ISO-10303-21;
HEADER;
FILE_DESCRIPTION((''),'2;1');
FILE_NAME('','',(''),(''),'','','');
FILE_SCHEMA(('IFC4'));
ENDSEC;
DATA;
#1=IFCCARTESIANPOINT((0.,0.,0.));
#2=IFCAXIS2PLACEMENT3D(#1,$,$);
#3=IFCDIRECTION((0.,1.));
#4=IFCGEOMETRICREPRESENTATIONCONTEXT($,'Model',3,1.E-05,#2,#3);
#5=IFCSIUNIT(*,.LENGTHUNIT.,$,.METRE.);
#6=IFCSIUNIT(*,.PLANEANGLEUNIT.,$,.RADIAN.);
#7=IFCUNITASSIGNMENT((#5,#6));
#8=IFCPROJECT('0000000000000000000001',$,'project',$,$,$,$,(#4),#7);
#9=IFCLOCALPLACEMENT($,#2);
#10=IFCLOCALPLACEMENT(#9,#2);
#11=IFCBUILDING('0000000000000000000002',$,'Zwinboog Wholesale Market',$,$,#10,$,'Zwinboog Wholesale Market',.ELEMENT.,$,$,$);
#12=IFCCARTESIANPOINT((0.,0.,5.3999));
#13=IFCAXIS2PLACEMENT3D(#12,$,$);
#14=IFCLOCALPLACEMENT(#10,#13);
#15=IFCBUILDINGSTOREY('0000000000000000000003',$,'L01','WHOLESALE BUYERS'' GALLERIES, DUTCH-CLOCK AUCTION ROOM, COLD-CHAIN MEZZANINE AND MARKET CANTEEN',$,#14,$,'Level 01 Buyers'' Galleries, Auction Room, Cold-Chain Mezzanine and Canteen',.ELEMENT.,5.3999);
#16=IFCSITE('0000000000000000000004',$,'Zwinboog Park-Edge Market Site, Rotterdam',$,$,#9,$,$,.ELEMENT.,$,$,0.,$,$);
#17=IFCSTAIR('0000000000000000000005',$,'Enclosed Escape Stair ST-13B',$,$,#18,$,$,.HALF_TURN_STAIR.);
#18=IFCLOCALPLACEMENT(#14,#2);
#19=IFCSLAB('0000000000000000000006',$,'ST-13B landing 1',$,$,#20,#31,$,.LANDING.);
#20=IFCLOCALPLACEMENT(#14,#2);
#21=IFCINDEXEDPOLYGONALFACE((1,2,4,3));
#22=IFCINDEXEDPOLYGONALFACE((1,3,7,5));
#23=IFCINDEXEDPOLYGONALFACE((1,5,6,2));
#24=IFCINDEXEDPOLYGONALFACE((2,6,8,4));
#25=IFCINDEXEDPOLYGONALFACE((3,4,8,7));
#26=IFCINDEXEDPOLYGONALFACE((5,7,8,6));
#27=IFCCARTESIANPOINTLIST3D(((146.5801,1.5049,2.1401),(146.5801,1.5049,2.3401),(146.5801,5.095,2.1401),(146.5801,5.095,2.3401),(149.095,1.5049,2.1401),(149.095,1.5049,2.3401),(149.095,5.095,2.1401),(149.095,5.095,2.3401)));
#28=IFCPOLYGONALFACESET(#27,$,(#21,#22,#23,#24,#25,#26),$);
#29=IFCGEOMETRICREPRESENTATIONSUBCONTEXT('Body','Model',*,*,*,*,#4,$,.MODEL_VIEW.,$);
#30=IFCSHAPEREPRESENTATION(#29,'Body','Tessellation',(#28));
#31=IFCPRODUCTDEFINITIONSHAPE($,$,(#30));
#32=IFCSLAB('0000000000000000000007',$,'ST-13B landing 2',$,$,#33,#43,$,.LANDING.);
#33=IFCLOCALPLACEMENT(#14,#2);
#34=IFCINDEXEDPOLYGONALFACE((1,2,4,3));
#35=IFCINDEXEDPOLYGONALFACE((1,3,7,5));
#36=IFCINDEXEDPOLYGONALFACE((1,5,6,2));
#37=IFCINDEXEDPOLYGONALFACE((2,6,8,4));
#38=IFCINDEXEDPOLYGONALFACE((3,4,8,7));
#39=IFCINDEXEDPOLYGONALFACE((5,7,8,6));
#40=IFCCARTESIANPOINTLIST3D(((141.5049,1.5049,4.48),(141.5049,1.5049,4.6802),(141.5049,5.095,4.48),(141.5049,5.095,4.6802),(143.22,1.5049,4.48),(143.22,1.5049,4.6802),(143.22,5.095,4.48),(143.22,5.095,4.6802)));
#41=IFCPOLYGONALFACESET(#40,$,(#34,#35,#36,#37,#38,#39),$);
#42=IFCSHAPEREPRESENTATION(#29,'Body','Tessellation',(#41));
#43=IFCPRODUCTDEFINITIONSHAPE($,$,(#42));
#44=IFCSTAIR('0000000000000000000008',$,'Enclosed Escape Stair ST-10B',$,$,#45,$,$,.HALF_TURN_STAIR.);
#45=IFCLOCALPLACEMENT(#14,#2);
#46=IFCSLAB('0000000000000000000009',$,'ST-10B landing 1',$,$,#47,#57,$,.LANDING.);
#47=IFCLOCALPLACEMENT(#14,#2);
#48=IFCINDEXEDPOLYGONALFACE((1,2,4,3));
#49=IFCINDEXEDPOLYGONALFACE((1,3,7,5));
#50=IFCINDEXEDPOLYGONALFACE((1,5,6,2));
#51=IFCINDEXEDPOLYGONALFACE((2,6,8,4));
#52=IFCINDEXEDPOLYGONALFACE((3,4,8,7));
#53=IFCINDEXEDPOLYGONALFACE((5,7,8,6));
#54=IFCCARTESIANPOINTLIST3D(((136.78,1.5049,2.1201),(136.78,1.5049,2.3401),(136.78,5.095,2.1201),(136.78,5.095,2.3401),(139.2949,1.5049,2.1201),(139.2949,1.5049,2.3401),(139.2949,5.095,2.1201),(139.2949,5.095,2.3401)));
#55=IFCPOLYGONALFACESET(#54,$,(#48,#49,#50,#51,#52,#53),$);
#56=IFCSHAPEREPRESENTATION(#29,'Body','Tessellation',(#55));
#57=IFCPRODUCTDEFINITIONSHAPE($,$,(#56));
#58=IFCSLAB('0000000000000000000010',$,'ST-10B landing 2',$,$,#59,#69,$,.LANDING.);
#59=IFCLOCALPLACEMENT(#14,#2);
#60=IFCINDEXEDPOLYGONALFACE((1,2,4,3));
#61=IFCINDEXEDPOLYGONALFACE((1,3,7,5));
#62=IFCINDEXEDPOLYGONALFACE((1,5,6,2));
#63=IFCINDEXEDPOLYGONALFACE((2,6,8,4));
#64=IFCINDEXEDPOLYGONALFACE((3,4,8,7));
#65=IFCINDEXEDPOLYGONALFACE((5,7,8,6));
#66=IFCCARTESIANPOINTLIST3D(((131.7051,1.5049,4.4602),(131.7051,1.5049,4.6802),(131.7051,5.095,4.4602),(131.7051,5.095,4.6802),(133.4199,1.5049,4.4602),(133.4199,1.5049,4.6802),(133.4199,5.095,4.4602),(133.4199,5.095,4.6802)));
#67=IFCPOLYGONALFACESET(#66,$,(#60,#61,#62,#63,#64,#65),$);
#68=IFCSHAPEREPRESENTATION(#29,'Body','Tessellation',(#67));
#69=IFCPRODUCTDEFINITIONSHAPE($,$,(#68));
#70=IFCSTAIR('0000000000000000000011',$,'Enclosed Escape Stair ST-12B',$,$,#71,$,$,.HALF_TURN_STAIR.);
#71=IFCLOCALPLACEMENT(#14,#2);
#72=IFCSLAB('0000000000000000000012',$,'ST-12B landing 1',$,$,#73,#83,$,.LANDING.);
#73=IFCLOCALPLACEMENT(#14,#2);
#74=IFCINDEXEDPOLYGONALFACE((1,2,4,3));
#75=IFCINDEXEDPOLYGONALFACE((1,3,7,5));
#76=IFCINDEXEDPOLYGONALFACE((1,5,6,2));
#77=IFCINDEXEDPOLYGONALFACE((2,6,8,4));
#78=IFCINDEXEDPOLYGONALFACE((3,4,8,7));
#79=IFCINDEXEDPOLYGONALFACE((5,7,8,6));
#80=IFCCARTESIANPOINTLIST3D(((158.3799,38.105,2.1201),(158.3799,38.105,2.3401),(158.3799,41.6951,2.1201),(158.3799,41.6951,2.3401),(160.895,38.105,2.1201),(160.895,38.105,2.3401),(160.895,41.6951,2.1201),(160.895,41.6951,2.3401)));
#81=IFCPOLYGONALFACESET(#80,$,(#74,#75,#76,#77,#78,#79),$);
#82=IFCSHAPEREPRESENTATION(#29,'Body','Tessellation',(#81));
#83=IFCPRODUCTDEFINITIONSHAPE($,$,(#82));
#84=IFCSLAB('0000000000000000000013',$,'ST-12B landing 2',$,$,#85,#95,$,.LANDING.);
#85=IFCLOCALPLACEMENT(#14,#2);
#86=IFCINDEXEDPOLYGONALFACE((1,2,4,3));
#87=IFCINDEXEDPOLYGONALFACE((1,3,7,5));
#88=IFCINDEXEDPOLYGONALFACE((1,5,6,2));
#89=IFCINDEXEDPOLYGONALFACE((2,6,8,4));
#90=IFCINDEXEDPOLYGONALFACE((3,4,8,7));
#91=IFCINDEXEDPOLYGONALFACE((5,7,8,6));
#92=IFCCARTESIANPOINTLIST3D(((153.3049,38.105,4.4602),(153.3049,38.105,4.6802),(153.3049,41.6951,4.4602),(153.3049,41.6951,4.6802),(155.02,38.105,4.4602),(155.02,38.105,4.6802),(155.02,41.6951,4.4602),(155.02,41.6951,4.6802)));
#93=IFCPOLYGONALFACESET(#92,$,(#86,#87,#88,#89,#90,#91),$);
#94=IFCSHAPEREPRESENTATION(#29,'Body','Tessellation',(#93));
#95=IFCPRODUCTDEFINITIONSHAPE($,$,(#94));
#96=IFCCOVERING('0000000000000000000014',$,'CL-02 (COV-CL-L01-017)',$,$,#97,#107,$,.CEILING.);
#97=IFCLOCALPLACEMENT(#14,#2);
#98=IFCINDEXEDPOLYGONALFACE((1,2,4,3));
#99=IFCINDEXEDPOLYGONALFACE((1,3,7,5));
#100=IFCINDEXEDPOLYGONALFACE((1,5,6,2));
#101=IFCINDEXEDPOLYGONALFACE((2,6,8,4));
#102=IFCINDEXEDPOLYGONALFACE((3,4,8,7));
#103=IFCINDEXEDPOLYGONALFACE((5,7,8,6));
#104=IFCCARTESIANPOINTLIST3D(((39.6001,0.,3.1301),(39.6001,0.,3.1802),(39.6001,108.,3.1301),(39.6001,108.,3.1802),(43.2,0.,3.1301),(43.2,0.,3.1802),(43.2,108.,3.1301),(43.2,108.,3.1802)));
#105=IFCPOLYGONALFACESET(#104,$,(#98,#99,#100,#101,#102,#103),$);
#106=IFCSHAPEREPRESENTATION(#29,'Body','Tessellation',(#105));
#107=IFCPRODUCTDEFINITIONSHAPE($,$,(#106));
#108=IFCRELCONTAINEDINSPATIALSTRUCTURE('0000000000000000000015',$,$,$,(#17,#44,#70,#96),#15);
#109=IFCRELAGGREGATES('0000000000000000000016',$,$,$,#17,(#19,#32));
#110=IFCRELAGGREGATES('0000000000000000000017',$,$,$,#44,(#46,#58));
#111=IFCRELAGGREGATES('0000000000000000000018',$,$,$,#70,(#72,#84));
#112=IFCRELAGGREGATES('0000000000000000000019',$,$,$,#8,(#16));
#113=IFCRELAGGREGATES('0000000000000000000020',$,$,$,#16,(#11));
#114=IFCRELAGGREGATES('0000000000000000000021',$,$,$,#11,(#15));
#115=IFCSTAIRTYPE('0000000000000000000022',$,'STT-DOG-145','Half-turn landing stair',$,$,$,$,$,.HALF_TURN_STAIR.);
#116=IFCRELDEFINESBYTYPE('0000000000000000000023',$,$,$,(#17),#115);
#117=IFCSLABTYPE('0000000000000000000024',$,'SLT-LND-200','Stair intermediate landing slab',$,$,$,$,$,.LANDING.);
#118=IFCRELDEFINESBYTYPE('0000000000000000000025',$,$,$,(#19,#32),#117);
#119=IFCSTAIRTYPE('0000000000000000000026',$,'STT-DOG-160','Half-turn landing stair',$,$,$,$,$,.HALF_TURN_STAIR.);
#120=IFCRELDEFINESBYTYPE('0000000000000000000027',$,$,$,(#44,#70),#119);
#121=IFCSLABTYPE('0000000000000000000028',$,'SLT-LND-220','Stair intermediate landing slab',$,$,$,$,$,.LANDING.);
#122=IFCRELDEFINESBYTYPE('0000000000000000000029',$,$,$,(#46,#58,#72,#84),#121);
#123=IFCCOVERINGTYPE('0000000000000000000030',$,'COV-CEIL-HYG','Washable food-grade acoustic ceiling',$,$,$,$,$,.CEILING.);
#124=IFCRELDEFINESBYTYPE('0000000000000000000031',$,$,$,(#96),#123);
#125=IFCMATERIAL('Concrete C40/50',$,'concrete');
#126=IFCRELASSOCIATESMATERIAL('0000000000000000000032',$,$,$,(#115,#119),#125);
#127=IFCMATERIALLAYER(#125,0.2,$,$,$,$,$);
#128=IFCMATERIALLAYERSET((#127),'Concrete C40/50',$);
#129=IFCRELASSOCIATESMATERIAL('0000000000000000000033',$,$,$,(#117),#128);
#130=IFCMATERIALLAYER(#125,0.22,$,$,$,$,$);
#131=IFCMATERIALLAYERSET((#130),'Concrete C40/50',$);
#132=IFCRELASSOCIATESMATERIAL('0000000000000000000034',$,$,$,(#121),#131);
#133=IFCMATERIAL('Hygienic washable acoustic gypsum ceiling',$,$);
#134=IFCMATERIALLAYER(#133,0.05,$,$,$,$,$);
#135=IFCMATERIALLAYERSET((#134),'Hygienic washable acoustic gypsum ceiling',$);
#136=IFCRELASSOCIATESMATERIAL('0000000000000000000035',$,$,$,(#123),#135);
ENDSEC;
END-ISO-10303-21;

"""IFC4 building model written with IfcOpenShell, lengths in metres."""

from ifc_helpers import new_model, si_unit, direction, frame, origin, place, context, subcontext, project, spatial, polyline, outline, extrude, material, layer, layer_set, type_object, element, aggregate, save


model = new_model("IFC4")

# Units and contexts
model_context = context("Model", 3, precision=1e-05, world=origin(), true_north=direction((0.0, 1.0)))
body_context = subcontext(model_context, "Body", "Model", "MODEL_VIEW")
ifc_project = project(units=[si_unit("LENGTHUNIT", "METRE"), si_unit("PLANEANGLEUNIT", "RADIAN")], contexts=[model_context])

# Site, building, storey
site_placement = place(None, origin())
site = spatial("IfcSite", under=ifc_project, at=site_placement, Name="Zwinboog Park-Edge Market Site, Rotterdam", CompositionType="ELEMENT", RefElevation=0.0)
building_placement = place(site_placement, origin())
building = spatial("IfcBuilding", under=site, at=building_placement, Name="Zwinboog Wholesale Market", LongName="Zwinboog Wholesale Market", CompositionType="ELEMENT")
storey_placement = place(building_placement, frame((0.0, 0.0, 5.3999)))
storey = spatial("IfcBuildingStorey", under=building, at=storey_placement, Name="L01", Description="WHOLESALE BUYERS' GALLERIES, DUTCH-CLOCK AUCTION ROOM, COLD-CHAIN MEZZANINE AND MARKET CANTEEN", LongName="Level 01 Buyers' Galleries, Auction Room, Cold-Chain Mezzanine and Canteen", CompositionType="ELEMENT", Elevation=5.3999)

# Shared definitions
ifc_material_1 = material(Name="Concrete C40/50", Category="concrete")

# Stairs, slabs
stair_type_1 = type_object("IfcStairType", Name="STT-DOG-145", Description="Half-turn landing stair", PredefinedType="HALF_TURN_STAIR", material=ifc_material_1)
ifc_layer_1 = layer(ifc_material_1, 0.2)
ifc_layer_set_1 = layer_set([ifc_layer_1], Name="Concrete C40/50")
slab_type_1 = type_object("IfcSlabType", Name="SLT-LND-200", Description="Stair intermediate landing slab", PredefinedType="LANDING", material=ifc_layer_set_1)
stair_1_placement = place(storey_placement, origin())
stair_1 = element("IfcStair", 1, at=stair_1_placement, inside=storey, type_object=stair_type_1, Name="Enclosed Escape Stair ST-13B", PredefinedType="HALF_TURN_STAIR")
slab_1_placement = place(storey_placement, frame((0.0, 0.0, 2.1401)))
slab_1 = element("IfcSlab", 2, at=slab_1_placement, type_object=slab_type_1, Name="ST-13B landing 1", PredefinedType="LANDING", context=body_context, shape_type="SweptSolid", body=[
    extrude(outline(polyline([(146.5801, 1.5049), (149.095, 1.5049), (149.095, 5.095), (146.5801, 5.095), (146.5801, 1.5049)])), origin(), (0.0, 0.0, 1.0), 0.2),
])
slab_2_placement = place(storey_placement, frame((0.0, 0.0, 4.48)))
slab_2 = element("IfcSlab", 3, at=slab_2_placement, type_object=slab_type_1, Name="ST-13B landing 2", PredefinedType="LANDING", context=body_context, shape_type="SweptSolid", body=[
    extrude(outline(polyline([(141.5049, 1.5049), (143.22, 1.5049), (143.22, 5.095), (141.5049, 5.095), (141.5049, 1.5049)])), origin(), (0.0, 0.0, 1.0), 0.2002),
])
aggregate(stair_1, [slab_1, slab_2])
stair_type_2 = type_object("IfcStairType", Name="STT-DOG-160", Description="Half-turn landing stair", PredefinedType="HALF_TURN_STAIR", material=ifc_material_1)
stair_2_placement = place(storey_placement, origin())
stair_2 = element("IfcStair", 4, at=stair_2_placement, inside=storey, type_object=stair_type_2, Name="Enclosed Escape Stair ST-10B", PredefinedType="HALF_TURN_STAIR")
ifc_layer_2 = layer(ifc_material_1, 0.22)
ifc_layer_set_2 = layer_set([ifc_layer_2], Name="Concrete C40/50")
slab_type_2 = type_object("IfcSlabType", Name="SLT-LND-220", Description="Stair intermediate landing slab", PredefinedType="LANDING", material=ifc_layer_set_2)
slab_3_placement = place(storey_placement, frame((0.0, 0.0, 2.1201)))
slab_3 = element("IfcSlab", 5, at=slab_3_placement, type_object=slab_type_2, Name="ST-10B landing 1", PredefinedType="LANDING", context=body_context, shape_type="SweptSolid", body=[
    extrude(outline(polyline([(136.78, 1.5049), (139.2949, 1.5049), (139.2949, 5.095), (136.78, 5.095), (136.78, 1.5049)])), origin(), (0.0, 0.0, 1.0), 0.22),
])
slab_4_placement = place(storey_placement, frame((0.0, 0.0, 4.4602)))
slab_4 = element("IfcSlab", 6, at=slab_4_placement, type_object=slab_type_2, Name="ST-10B landing 2", PredefinedType="LANDING", context=body_context, shape_type="SweptSolid", body=[
    extrude(outline(polyline([(131.7051, 1.5049), (133.4199, 1.5049), (133.4199, 5.095), (131.7051, 5.095), (131.7051, 1.5049)])), origin(), (0.0, 0.0, 1.0), 0.22),
])
aggregate(stair_2, [slab_3, slab_4])
stair_3_placement = place(storey_placement, origin())
stair_3 = element("IfcStair", 7, at=stair_3_placement, inside=storey, type_object=stair_type_2, Name="Enclosed Escape Stair ST-12B", PredefinedType="HALF_TURN_STAIR")
slab_5_placement = place(storey_placement, frame((0.0, 0.0, 2.1201)))
slab_5 = element("IfcSlab", 8, at=slab_5_placement, type_object=slab_type_2, Name="ST-12B landing 1", PredefinedType="LANDING", context=body_context, shape_type="SweptSolid", body=[
    extrude(outline(polyline([(158.3799, 38.105), (160.895, 38.105), (160.895, 41.6951), (158.3799, 41.6951), (158.3799, 38.105)])), origin(), (0.0, 0.0, 1.0), 0.22),
])
slab_6_placement = place(storey_placement, frame((0.0, 0.0, 4.4602)))
slab_6 = element("IfcSlab", 9, at=slab_6_placement, type_object=slab_type_2, Name="ST-12B landing 2", PredefinedType="LANDING", context=body_context, shape_type="SweptSolid", body=[
    extrude(outline(polyline([(153.3049, 38.105), (155.02, 38.105), (155.02, 41.6951), (153.3049, 41.6951), (153.3049, 38.105)])), origin(), (0.0, 0.0, 1.0), 0.22),
])
aggregate(stair_3, [slab_5, slab_6])

# Covering
ifc_material_2 = material(Name="Hygienic washable acoustic gypsum ceiling")
ifc_layer_3 = layer(ifc_material_2, 0.05)
ifc_layer_set_3 = layer_set([ifc_layer_3], Name="Hygienic washable acoustic gypsum ceiling")
covering_type = type_object("IfcCoveringType", Name="COV-CEIL-HYG", Description="Washable food-grade acoustic ceiling", PredefinedType="CEILING", material=ifc_layer_set_3)
covering_placement = place(storey_placement, frame((0.0, 0.0, 3.1301)))
element("IfcCovering", 10, at=covering_placement, inside=storey, type_object=covering_type, Name="CL-02 (COV-CL-L01-017)", PredefinedType="CEILING", context=body_context, shape_type="SweptSolid", body=[
    extrude(outline(polyline([(39.6001, 0.0), (43.2, 0.0), (43.2, 108.0), (39.6001, 108.0), (39.6001, 0.0)])), origin(), (0.0, 0.0, 1.0), 0.05),
])

save(model, "model.ifc")
